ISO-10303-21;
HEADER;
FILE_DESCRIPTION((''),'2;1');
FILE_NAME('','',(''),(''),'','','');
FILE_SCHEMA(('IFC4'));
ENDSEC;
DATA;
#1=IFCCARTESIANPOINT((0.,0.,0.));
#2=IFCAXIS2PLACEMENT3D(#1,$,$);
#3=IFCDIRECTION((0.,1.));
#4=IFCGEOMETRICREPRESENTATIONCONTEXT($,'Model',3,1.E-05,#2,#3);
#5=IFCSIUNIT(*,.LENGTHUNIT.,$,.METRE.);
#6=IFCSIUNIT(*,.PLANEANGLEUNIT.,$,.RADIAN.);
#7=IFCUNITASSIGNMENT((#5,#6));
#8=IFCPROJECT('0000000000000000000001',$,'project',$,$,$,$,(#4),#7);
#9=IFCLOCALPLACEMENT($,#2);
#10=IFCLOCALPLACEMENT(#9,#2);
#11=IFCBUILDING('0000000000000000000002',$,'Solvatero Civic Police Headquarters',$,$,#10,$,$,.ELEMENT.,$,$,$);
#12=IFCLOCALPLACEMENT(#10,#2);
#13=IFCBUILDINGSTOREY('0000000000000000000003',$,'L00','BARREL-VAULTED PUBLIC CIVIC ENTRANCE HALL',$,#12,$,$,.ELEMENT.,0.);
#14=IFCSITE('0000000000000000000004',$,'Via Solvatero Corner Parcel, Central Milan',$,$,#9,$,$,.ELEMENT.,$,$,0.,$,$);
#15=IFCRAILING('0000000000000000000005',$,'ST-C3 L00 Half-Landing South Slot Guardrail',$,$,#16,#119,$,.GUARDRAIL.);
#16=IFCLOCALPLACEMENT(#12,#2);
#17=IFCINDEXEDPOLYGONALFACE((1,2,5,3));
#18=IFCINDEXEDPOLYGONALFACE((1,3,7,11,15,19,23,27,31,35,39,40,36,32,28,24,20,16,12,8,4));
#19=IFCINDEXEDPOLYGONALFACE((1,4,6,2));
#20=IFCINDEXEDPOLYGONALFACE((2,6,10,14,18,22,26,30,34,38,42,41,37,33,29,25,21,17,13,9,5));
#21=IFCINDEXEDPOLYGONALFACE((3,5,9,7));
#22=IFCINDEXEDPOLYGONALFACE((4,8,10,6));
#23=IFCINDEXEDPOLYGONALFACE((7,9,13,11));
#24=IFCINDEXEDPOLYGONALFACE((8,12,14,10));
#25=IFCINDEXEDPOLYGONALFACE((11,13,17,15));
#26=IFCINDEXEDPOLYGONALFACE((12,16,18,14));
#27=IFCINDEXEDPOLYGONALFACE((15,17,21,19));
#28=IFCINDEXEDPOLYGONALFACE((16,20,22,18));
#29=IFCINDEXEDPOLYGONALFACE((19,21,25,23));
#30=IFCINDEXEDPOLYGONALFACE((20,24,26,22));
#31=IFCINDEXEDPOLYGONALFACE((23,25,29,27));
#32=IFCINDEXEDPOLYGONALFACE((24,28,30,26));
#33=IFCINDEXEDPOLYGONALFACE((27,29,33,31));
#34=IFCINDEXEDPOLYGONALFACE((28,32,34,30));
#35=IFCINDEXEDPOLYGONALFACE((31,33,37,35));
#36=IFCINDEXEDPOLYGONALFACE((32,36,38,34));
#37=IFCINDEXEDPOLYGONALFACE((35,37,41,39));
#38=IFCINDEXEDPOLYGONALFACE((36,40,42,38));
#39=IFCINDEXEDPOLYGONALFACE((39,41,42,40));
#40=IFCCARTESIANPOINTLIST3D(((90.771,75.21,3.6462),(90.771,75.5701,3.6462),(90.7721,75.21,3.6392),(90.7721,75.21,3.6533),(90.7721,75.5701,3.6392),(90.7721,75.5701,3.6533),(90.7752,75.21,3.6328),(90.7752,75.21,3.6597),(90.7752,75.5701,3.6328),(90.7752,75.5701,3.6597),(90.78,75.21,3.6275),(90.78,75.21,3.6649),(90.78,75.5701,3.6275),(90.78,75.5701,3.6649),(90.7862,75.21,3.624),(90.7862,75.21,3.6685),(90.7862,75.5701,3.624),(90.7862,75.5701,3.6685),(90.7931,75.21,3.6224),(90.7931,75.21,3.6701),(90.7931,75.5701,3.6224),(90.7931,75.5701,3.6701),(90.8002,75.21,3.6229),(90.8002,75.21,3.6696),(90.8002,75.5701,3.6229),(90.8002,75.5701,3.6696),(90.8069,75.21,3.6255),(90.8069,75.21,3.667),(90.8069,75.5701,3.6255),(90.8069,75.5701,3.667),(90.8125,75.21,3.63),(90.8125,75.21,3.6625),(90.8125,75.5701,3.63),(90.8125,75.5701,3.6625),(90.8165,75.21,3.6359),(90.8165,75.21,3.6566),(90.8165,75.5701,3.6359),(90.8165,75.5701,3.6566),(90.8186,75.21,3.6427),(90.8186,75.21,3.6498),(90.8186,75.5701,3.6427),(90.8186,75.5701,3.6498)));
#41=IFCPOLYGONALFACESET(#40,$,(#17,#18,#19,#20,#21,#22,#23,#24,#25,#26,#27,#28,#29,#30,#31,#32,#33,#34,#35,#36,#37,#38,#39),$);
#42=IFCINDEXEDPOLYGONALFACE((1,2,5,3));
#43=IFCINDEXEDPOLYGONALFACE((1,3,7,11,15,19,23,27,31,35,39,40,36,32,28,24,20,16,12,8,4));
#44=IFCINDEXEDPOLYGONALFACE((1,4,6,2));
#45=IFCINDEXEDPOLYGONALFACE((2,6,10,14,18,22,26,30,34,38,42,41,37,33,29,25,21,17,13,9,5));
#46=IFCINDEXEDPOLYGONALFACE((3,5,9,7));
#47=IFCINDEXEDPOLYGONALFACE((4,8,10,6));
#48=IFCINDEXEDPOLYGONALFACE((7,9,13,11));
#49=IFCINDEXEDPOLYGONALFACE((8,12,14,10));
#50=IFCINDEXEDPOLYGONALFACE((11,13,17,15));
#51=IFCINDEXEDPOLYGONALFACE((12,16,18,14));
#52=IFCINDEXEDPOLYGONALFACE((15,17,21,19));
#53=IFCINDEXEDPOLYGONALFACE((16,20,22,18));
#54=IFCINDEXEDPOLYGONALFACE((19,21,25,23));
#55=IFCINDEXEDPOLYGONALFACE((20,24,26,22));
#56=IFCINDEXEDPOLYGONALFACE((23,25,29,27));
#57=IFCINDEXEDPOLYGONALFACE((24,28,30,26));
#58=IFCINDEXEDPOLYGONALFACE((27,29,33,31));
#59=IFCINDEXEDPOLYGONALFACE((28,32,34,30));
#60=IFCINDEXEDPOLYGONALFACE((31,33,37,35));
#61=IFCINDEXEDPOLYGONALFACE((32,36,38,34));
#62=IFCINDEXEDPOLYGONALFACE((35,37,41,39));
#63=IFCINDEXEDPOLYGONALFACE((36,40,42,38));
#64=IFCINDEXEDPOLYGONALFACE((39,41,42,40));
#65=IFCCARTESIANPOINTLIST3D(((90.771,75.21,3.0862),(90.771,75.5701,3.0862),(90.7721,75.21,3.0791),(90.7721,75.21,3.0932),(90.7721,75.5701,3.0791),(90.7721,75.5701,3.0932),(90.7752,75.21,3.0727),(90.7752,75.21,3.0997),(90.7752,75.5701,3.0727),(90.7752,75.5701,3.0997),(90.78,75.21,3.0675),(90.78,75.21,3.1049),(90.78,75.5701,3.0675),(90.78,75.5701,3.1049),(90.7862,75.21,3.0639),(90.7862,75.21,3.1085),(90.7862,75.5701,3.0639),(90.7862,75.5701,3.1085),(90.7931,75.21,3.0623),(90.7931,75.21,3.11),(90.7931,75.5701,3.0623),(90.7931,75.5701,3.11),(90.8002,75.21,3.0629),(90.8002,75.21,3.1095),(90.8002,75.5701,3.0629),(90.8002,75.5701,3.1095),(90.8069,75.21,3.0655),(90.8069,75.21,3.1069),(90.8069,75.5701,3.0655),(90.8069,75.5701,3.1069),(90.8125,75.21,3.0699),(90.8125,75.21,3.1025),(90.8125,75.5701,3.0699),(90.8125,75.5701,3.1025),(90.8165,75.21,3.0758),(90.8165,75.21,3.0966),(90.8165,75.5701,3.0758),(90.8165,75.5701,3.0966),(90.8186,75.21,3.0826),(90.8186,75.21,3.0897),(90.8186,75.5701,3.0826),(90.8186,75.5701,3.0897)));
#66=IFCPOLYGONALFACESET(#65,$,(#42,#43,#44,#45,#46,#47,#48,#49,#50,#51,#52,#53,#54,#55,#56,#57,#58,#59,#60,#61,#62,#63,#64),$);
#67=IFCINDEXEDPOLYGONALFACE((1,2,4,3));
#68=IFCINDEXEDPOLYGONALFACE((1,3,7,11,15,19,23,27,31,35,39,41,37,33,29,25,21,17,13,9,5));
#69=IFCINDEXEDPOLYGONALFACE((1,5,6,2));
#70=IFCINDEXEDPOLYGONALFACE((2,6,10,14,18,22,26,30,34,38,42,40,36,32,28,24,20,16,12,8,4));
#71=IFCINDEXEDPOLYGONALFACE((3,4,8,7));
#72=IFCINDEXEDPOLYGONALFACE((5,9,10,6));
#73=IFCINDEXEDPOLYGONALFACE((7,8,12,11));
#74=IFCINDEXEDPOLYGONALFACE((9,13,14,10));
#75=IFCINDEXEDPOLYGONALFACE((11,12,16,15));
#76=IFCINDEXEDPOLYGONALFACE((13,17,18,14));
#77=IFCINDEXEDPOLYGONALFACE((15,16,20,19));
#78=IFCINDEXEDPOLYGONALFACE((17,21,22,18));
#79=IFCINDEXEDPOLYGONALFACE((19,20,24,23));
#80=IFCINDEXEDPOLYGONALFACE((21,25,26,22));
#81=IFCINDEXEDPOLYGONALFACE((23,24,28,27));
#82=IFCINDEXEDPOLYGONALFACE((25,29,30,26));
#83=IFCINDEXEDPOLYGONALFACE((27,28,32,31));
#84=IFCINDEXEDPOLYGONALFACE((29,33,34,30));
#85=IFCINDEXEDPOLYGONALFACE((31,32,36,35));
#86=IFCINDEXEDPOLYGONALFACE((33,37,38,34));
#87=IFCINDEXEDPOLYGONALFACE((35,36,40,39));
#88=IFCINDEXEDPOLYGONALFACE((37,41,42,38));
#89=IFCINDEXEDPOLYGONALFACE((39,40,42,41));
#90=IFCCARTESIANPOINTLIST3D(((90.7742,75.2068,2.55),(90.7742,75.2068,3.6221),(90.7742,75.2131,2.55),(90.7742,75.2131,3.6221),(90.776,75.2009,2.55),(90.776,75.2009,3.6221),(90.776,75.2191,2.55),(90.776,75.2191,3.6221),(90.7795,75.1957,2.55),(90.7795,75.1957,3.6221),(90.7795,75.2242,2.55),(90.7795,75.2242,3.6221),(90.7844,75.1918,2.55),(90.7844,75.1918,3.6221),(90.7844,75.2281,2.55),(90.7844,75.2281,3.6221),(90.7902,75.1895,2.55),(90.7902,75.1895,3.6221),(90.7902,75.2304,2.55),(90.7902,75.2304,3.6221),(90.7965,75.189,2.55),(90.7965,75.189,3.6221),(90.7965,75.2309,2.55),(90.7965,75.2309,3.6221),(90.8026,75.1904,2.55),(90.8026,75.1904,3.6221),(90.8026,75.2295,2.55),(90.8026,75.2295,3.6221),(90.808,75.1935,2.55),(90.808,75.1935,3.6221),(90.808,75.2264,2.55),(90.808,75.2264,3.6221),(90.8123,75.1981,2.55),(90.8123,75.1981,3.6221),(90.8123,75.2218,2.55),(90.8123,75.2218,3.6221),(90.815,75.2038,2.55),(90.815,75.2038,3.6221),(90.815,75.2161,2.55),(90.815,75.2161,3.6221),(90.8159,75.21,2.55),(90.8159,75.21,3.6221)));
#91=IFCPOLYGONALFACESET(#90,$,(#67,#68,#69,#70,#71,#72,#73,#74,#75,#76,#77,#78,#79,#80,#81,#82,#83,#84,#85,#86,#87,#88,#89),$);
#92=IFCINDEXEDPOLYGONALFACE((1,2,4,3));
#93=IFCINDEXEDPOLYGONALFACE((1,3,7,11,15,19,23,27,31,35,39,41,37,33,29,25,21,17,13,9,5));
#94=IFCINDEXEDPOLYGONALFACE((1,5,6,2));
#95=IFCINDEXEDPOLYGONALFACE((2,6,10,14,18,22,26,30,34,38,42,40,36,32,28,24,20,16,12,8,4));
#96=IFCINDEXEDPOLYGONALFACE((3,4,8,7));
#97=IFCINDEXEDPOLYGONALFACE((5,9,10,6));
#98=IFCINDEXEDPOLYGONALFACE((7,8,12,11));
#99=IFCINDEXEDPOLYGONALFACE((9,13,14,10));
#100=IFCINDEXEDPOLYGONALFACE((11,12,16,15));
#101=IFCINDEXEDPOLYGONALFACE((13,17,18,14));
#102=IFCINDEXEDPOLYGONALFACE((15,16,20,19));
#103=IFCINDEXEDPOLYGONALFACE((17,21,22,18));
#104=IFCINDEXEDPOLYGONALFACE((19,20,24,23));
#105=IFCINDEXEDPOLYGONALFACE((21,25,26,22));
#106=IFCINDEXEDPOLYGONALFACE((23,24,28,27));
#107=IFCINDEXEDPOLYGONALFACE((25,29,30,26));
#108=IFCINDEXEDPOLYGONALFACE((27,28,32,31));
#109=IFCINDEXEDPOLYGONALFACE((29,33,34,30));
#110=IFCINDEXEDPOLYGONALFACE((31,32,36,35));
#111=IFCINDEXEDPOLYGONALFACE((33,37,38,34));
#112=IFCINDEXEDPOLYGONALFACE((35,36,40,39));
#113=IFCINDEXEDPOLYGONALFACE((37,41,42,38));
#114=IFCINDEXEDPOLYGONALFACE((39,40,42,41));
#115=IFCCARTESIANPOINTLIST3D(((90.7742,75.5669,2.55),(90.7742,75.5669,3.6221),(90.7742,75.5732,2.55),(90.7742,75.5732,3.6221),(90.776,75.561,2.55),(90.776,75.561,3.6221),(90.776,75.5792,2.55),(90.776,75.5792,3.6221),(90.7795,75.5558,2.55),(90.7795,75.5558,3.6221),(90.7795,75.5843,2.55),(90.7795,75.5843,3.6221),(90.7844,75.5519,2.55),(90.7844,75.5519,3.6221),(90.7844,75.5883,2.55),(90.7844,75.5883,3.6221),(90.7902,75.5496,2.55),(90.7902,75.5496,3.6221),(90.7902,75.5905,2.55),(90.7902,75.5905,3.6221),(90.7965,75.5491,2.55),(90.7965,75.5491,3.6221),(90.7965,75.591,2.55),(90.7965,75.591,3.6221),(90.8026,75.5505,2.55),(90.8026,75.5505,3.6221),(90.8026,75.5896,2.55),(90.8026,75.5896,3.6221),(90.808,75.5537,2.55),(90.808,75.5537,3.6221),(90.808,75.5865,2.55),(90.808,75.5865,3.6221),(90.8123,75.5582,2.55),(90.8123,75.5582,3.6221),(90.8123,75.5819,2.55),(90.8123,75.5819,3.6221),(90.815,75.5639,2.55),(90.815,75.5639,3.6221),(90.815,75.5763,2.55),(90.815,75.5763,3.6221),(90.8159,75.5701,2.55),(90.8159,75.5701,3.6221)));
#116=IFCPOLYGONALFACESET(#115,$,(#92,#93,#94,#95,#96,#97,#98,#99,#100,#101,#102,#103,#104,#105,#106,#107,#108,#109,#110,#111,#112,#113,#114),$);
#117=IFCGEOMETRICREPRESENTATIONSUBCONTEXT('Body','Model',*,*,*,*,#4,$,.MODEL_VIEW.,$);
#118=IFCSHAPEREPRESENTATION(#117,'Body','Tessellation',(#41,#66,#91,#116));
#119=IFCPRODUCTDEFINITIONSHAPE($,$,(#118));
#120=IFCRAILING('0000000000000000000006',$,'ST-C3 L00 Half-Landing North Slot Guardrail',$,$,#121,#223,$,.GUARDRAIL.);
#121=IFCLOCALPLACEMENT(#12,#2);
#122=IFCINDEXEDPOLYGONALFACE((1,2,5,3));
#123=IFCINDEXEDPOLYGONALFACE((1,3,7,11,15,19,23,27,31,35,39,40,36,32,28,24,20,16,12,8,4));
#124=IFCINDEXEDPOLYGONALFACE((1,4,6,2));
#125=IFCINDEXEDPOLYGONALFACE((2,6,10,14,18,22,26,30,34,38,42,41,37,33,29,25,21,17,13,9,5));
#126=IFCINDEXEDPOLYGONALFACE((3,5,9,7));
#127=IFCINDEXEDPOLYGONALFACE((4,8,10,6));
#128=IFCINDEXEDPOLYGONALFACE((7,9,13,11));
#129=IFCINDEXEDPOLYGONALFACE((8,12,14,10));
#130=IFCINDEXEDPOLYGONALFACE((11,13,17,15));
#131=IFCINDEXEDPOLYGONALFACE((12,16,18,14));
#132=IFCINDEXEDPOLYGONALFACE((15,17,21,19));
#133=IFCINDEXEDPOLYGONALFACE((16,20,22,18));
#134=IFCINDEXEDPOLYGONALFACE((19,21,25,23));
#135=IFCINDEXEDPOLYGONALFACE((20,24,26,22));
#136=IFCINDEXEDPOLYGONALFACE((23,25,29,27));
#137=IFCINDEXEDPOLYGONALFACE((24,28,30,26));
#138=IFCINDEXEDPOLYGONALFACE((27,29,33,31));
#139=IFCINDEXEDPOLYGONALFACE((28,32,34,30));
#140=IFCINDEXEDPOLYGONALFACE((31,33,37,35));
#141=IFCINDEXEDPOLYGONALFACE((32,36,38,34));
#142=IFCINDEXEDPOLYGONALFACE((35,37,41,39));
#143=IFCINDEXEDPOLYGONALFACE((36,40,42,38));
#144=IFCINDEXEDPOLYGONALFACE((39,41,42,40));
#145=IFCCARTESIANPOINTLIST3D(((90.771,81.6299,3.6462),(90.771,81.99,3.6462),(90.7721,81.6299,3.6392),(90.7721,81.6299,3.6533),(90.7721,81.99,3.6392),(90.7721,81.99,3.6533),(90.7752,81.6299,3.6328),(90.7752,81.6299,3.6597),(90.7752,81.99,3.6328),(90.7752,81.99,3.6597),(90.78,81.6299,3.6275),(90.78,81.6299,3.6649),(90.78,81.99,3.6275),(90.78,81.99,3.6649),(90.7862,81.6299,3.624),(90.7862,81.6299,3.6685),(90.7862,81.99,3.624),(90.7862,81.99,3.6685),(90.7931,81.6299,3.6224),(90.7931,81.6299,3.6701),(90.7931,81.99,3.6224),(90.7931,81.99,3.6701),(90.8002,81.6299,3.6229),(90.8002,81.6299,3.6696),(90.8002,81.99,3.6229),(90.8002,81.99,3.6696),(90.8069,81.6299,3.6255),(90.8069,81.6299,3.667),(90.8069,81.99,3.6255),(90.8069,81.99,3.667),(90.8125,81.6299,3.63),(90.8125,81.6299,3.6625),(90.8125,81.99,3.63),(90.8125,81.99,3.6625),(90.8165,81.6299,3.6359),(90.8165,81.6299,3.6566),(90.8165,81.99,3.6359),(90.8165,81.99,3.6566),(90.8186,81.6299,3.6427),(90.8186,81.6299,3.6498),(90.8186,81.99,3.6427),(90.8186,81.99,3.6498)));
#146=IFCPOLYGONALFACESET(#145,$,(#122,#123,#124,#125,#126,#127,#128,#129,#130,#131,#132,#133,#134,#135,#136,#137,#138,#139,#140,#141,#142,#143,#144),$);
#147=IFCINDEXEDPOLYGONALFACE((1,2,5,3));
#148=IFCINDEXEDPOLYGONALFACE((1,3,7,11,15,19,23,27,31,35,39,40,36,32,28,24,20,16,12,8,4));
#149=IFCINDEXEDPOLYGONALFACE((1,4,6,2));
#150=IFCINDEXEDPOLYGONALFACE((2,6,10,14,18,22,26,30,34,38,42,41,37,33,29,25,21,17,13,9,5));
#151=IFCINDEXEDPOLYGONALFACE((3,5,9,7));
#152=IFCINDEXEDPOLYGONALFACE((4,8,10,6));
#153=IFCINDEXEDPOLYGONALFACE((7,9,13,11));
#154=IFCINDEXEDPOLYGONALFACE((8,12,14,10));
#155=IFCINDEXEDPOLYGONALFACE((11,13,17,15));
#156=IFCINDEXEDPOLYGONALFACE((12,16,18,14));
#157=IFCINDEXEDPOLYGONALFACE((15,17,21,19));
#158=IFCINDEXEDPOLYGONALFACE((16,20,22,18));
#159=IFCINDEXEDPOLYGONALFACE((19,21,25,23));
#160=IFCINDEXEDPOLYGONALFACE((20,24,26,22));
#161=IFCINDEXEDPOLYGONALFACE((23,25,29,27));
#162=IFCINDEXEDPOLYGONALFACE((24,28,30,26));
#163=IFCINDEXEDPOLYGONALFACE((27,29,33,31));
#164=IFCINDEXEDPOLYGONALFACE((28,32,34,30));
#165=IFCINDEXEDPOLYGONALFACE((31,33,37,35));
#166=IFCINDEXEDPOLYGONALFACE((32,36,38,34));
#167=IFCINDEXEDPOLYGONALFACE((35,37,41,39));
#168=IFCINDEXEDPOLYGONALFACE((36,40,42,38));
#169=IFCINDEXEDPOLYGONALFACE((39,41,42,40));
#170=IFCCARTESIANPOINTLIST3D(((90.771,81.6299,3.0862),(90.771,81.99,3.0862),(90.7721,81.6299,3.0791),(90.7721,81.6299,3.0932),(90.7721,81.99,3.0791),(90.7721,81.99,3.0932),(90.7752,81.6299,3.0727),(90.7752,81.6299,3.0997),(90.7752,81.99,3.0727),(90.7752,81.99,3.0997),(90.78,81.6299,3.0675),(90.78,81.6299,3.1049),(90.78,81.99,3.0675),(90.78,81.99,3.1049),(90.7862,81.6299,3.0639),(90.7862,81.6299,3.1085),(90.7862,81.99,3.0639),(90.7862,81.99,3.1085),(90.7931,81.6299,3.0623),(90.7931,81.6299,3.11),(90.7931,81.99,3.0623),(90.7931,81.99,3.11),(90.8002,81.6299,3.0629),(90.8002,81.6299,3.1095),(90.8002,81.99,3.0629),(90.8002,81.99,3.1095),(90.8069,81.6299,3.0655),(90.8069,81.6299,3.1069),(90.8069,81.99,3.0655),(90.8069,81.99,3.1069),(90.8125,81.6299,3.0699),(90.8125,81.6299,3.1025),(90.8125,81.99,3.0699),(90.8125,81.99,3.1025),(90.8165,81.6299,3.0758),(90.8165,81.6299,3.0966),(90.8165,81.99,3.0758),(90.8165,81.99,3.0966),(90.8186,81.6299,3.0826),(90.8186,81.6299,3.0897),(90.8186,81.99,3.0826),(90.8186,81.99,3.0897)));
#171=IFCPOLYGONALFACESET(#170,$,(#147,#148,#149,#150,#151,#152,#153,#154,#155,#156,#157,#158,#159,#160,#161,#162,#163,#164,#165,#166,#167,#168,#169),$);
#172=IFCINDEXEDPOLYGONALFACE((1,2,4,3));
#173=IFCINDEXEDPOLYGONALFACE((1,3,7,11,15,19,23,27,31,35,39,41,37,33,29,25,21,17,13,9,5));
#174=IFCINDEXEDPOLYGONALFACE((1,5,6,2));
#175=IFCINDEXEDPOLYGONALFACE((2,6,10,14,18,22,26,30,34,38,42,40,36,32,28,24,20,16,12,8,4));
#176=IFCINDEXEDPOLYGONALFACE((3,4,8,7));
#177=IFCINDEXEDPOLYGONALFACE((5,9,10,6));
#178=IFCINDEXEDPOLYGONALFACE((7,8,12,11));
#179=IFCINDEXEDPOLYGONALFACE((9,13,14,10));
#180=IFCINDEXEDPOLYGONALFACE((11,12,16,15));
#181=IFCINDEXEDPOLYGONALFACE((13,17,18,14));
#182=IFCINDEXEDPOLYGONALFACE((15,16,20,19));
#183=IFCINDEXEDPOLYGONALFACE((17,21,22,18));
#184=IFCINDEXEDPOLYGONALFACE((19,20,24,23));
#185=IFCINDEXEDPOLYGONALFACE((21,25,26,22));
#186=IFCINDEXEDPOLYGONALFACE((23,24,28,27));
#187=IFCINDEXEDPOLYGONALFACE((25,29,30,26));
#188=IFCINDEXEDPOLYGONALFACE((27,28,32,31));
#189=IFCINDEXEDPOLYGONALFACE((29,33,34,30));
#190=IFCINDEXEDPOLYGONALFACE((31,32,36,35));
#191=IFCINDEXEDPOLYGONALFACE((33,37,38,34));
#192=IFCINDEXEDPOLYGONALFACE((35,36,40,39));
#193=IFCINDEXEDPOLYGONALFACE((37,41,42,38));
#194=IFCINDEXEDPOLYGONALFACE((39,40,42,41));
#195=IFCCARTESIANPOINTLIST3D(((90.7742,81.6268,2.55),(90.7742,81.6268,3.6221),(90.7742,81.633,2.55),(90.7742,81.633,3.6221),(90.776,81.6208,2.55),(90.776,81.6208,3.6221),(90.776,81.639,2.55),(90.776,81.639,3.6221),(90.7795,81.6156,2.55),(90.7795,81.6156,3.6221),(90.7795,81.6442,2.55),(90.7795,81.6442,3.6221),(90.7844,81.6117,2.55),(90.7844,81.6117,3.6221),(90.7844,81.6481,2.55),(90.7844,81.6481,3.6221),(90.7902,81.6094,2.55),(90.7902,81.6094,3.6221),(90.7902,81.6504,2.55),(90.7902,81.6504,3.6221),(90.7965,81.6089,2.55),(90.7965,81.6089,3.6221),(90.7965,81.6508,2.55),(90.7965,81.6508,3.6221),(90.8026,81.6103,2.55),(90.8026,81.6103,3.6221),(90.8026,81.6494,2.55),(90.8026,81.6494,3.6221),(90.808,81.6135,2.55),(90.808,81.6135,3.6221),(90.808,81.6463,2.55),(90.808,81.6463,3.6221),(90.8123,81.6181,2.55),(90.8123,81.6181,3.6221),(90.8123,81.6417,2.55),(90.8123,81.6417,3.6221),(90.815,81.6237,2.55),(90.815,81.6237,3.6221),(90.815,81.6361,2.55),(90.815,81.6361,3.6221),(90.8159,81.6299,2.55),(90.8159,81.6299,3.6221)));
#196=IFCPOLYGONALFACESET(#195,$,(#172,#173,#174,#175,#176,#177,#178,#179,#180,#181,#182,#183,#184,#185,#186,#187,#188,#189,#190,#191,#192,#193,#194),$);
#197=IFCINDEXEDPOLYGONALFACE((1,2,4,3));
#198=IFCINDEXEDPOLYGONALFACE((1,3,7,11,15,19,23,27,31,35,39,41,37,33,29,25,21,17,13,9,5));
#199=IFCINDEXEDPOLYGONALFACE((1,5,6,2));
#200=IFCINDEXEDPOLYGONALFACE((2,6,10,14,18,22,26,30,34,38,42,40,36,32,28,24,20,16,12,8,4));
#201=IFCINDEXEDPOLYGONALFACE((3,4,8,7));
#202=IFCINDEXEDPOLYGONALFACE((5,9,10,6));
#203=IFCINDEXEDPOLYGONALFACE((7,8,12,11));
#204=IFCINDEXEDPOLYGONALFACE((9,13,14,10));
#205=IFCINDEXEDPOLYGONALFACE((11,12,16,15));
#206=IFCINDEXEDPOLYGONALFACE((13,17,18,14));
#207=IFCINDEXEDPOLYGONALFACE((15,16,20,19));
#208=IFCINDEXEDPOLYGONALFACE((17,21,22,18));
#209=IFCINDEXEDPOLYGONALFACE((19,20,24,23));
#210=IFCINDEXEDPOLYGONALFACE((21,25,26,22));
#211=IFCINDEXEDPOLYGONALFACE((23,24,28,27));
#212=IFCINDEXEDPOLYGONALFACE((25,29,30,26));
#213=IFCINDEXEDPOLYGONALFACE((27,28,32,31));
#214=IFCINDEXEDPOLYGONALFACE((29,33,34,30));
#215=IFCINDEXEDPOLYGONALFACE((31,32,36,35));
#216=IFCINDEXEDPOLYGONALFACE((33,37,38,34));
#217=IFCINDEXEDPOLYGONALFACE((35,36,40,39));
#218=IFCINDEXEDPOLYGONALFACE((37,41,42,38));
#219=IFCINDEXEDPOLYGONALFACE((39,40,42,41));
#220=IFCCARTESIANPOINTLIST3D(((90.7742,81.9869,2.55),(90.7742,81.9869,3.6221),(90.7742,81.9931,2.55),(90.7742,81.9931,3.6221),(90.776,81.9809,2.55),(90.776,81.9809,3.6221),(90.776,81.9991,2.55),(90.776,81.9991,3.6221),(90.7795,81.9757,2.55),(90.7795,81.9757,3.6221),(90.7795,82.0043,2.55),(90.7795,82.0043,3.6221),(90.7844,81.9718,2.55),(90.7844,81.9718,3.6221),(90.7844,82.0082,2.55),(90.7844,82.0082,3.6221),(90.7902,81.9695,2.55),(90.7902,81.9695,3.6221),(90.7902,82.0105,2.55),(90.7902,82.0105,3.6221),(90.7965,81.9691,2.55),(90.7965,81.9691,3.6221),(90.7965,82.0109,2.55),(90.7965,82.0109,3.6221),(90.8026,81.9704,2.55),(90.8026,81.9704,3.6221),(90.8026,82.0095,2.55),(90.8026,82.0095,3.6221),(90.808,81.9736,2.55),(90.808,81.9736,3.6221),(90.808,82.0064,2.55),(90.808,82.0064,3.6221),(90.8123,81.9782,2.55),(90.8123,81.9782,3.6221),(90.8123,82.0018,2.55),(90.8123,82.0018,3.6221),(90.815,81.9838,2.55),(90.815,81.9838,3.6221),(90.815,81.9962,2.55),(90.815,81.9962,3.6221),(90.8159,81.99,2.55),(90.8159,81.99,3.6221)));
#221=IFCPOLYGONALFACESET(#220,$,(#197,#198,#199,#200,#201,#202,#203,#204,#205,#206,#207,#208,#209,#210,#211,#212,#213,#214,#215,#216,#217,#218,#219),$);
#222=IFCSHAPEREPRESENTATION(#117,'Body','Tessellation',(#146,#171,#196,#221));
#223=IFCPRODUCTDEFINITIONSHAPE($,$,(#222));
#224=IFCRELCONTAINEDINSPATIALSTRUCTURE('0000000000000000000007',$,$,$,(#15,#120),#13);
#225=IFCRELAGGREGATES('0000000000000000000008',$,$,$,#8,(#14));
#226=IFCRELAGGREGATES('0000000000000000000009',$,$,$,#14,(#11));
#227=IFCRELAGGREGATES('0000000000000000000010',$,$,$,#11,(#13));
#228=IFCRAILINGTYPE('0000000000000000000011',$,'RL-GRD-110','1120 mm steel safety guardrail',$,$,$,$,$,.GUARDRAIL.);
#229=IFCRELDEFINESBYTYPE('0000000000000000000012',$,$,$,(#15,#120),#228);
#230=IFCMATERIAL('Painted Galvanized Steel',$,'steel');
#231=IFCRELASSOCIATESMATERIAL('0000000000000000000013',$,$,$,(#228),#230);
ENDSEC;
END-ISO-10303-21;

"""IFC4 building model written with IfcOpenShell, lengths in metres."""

from ifc_helpers import new_model, si_unit, direction, frame, origin, origin_2d, place, context, subcontext, project, spatial, circle, extrude, material, type_object, element, save


model = new_model("IFC4")

# Units and contexts
model_context = context("Model", 3, precision=1e-05, world=origin(), true_north=direction((0.0, 1.0)))
body_context = subcontext(model_context, "Body", "Model", "MODEL_VIEW")
ifc_project = project(units=[si_unit("LENGTHUNIT", "METRE"), si_unit("PLANEANGLEUNIT", "RADIAN")], contexts=[model_context])

# Site, building, storey
site_placement = place(None, origin())
site = spatial("IfcSite", under=ifc_project, at=site_placement, Name="Via Solvatero Corner Parcel, Central Milan", CompositionType="ELEMENT", RefElevation=0.0)
building_placement = place(site_placement, origin())
building = spatial("IfcBuilding", under=site, at=building_placement, Name="Solvatero Civic Police Headquarters", CompositionType="ELEMENT")
storey_placement = place(building_placement, origin())
storey = spatial("IfcBuildingStorey", under=building, at=storey_placement, Name="L00", Description="BARREL-VAULTED PUBLIC CIVIC ENTRANCE HALL", CompositionType="ELEMENT", Elevation=0.0)

# Railings
ifc_material_1 = material(Name="Painted Galvanized Steel", Category="steel")
railing_type_1 = type_object("IfcRailingType", Name="RL-GRD-110", Description="1120 mm steel safety guardrail", PredefinedType="GUARDRAIL", material=ifc_material_1)
for number, where, name in (
    (1, (90.7949, 75.21, 2.55), "ST-C3 L00 Half-Landing South Slot Guardrail"),
    (2, (90.7949, 81.6299, 2.55), "ST-C3 L00 Half-Landing North Slot Guardrail"),
):
    element("IfcRailing", number, at=place(storey_placement, frame(where)), inside=storey, type_object=railing_type_1, Name=name, PredefinedType="GUARDRAIL", context=body_context, shape_type="SweptSolid", body=[
        extrude(circle(Radius=0.0239, at=origin_2d()), frame((0.0, 0.0, 1.0962), z_axis=(0.0, 1.0, 0.0), x_axis=(-1.0, 0.0, 0.0)), (0.0, 0.0, 1.0), 0.3601),
        extrude(circle(Radius=0.0239, at=origin_2d()), frame((0.0, 0.0, 0.5361), z_axis=(0.0, 1.0, 0.0), x_axis=(-1.0, 0.0, 0.0)), (0.0, 0.0, 1.0), 0.3601),
        extrude(circle(Radius=0.021, at=origin_2d()), origin(), (0.0, 0.0, 1.0), 1.072),
        extrude(circle(Radius=0.021, at=origin_2d()), frame((0.0, 0.3601, 0.0)), (0.0, 0.0, 1.0), 1.072),
    ])

save(model, "model.ifc")
